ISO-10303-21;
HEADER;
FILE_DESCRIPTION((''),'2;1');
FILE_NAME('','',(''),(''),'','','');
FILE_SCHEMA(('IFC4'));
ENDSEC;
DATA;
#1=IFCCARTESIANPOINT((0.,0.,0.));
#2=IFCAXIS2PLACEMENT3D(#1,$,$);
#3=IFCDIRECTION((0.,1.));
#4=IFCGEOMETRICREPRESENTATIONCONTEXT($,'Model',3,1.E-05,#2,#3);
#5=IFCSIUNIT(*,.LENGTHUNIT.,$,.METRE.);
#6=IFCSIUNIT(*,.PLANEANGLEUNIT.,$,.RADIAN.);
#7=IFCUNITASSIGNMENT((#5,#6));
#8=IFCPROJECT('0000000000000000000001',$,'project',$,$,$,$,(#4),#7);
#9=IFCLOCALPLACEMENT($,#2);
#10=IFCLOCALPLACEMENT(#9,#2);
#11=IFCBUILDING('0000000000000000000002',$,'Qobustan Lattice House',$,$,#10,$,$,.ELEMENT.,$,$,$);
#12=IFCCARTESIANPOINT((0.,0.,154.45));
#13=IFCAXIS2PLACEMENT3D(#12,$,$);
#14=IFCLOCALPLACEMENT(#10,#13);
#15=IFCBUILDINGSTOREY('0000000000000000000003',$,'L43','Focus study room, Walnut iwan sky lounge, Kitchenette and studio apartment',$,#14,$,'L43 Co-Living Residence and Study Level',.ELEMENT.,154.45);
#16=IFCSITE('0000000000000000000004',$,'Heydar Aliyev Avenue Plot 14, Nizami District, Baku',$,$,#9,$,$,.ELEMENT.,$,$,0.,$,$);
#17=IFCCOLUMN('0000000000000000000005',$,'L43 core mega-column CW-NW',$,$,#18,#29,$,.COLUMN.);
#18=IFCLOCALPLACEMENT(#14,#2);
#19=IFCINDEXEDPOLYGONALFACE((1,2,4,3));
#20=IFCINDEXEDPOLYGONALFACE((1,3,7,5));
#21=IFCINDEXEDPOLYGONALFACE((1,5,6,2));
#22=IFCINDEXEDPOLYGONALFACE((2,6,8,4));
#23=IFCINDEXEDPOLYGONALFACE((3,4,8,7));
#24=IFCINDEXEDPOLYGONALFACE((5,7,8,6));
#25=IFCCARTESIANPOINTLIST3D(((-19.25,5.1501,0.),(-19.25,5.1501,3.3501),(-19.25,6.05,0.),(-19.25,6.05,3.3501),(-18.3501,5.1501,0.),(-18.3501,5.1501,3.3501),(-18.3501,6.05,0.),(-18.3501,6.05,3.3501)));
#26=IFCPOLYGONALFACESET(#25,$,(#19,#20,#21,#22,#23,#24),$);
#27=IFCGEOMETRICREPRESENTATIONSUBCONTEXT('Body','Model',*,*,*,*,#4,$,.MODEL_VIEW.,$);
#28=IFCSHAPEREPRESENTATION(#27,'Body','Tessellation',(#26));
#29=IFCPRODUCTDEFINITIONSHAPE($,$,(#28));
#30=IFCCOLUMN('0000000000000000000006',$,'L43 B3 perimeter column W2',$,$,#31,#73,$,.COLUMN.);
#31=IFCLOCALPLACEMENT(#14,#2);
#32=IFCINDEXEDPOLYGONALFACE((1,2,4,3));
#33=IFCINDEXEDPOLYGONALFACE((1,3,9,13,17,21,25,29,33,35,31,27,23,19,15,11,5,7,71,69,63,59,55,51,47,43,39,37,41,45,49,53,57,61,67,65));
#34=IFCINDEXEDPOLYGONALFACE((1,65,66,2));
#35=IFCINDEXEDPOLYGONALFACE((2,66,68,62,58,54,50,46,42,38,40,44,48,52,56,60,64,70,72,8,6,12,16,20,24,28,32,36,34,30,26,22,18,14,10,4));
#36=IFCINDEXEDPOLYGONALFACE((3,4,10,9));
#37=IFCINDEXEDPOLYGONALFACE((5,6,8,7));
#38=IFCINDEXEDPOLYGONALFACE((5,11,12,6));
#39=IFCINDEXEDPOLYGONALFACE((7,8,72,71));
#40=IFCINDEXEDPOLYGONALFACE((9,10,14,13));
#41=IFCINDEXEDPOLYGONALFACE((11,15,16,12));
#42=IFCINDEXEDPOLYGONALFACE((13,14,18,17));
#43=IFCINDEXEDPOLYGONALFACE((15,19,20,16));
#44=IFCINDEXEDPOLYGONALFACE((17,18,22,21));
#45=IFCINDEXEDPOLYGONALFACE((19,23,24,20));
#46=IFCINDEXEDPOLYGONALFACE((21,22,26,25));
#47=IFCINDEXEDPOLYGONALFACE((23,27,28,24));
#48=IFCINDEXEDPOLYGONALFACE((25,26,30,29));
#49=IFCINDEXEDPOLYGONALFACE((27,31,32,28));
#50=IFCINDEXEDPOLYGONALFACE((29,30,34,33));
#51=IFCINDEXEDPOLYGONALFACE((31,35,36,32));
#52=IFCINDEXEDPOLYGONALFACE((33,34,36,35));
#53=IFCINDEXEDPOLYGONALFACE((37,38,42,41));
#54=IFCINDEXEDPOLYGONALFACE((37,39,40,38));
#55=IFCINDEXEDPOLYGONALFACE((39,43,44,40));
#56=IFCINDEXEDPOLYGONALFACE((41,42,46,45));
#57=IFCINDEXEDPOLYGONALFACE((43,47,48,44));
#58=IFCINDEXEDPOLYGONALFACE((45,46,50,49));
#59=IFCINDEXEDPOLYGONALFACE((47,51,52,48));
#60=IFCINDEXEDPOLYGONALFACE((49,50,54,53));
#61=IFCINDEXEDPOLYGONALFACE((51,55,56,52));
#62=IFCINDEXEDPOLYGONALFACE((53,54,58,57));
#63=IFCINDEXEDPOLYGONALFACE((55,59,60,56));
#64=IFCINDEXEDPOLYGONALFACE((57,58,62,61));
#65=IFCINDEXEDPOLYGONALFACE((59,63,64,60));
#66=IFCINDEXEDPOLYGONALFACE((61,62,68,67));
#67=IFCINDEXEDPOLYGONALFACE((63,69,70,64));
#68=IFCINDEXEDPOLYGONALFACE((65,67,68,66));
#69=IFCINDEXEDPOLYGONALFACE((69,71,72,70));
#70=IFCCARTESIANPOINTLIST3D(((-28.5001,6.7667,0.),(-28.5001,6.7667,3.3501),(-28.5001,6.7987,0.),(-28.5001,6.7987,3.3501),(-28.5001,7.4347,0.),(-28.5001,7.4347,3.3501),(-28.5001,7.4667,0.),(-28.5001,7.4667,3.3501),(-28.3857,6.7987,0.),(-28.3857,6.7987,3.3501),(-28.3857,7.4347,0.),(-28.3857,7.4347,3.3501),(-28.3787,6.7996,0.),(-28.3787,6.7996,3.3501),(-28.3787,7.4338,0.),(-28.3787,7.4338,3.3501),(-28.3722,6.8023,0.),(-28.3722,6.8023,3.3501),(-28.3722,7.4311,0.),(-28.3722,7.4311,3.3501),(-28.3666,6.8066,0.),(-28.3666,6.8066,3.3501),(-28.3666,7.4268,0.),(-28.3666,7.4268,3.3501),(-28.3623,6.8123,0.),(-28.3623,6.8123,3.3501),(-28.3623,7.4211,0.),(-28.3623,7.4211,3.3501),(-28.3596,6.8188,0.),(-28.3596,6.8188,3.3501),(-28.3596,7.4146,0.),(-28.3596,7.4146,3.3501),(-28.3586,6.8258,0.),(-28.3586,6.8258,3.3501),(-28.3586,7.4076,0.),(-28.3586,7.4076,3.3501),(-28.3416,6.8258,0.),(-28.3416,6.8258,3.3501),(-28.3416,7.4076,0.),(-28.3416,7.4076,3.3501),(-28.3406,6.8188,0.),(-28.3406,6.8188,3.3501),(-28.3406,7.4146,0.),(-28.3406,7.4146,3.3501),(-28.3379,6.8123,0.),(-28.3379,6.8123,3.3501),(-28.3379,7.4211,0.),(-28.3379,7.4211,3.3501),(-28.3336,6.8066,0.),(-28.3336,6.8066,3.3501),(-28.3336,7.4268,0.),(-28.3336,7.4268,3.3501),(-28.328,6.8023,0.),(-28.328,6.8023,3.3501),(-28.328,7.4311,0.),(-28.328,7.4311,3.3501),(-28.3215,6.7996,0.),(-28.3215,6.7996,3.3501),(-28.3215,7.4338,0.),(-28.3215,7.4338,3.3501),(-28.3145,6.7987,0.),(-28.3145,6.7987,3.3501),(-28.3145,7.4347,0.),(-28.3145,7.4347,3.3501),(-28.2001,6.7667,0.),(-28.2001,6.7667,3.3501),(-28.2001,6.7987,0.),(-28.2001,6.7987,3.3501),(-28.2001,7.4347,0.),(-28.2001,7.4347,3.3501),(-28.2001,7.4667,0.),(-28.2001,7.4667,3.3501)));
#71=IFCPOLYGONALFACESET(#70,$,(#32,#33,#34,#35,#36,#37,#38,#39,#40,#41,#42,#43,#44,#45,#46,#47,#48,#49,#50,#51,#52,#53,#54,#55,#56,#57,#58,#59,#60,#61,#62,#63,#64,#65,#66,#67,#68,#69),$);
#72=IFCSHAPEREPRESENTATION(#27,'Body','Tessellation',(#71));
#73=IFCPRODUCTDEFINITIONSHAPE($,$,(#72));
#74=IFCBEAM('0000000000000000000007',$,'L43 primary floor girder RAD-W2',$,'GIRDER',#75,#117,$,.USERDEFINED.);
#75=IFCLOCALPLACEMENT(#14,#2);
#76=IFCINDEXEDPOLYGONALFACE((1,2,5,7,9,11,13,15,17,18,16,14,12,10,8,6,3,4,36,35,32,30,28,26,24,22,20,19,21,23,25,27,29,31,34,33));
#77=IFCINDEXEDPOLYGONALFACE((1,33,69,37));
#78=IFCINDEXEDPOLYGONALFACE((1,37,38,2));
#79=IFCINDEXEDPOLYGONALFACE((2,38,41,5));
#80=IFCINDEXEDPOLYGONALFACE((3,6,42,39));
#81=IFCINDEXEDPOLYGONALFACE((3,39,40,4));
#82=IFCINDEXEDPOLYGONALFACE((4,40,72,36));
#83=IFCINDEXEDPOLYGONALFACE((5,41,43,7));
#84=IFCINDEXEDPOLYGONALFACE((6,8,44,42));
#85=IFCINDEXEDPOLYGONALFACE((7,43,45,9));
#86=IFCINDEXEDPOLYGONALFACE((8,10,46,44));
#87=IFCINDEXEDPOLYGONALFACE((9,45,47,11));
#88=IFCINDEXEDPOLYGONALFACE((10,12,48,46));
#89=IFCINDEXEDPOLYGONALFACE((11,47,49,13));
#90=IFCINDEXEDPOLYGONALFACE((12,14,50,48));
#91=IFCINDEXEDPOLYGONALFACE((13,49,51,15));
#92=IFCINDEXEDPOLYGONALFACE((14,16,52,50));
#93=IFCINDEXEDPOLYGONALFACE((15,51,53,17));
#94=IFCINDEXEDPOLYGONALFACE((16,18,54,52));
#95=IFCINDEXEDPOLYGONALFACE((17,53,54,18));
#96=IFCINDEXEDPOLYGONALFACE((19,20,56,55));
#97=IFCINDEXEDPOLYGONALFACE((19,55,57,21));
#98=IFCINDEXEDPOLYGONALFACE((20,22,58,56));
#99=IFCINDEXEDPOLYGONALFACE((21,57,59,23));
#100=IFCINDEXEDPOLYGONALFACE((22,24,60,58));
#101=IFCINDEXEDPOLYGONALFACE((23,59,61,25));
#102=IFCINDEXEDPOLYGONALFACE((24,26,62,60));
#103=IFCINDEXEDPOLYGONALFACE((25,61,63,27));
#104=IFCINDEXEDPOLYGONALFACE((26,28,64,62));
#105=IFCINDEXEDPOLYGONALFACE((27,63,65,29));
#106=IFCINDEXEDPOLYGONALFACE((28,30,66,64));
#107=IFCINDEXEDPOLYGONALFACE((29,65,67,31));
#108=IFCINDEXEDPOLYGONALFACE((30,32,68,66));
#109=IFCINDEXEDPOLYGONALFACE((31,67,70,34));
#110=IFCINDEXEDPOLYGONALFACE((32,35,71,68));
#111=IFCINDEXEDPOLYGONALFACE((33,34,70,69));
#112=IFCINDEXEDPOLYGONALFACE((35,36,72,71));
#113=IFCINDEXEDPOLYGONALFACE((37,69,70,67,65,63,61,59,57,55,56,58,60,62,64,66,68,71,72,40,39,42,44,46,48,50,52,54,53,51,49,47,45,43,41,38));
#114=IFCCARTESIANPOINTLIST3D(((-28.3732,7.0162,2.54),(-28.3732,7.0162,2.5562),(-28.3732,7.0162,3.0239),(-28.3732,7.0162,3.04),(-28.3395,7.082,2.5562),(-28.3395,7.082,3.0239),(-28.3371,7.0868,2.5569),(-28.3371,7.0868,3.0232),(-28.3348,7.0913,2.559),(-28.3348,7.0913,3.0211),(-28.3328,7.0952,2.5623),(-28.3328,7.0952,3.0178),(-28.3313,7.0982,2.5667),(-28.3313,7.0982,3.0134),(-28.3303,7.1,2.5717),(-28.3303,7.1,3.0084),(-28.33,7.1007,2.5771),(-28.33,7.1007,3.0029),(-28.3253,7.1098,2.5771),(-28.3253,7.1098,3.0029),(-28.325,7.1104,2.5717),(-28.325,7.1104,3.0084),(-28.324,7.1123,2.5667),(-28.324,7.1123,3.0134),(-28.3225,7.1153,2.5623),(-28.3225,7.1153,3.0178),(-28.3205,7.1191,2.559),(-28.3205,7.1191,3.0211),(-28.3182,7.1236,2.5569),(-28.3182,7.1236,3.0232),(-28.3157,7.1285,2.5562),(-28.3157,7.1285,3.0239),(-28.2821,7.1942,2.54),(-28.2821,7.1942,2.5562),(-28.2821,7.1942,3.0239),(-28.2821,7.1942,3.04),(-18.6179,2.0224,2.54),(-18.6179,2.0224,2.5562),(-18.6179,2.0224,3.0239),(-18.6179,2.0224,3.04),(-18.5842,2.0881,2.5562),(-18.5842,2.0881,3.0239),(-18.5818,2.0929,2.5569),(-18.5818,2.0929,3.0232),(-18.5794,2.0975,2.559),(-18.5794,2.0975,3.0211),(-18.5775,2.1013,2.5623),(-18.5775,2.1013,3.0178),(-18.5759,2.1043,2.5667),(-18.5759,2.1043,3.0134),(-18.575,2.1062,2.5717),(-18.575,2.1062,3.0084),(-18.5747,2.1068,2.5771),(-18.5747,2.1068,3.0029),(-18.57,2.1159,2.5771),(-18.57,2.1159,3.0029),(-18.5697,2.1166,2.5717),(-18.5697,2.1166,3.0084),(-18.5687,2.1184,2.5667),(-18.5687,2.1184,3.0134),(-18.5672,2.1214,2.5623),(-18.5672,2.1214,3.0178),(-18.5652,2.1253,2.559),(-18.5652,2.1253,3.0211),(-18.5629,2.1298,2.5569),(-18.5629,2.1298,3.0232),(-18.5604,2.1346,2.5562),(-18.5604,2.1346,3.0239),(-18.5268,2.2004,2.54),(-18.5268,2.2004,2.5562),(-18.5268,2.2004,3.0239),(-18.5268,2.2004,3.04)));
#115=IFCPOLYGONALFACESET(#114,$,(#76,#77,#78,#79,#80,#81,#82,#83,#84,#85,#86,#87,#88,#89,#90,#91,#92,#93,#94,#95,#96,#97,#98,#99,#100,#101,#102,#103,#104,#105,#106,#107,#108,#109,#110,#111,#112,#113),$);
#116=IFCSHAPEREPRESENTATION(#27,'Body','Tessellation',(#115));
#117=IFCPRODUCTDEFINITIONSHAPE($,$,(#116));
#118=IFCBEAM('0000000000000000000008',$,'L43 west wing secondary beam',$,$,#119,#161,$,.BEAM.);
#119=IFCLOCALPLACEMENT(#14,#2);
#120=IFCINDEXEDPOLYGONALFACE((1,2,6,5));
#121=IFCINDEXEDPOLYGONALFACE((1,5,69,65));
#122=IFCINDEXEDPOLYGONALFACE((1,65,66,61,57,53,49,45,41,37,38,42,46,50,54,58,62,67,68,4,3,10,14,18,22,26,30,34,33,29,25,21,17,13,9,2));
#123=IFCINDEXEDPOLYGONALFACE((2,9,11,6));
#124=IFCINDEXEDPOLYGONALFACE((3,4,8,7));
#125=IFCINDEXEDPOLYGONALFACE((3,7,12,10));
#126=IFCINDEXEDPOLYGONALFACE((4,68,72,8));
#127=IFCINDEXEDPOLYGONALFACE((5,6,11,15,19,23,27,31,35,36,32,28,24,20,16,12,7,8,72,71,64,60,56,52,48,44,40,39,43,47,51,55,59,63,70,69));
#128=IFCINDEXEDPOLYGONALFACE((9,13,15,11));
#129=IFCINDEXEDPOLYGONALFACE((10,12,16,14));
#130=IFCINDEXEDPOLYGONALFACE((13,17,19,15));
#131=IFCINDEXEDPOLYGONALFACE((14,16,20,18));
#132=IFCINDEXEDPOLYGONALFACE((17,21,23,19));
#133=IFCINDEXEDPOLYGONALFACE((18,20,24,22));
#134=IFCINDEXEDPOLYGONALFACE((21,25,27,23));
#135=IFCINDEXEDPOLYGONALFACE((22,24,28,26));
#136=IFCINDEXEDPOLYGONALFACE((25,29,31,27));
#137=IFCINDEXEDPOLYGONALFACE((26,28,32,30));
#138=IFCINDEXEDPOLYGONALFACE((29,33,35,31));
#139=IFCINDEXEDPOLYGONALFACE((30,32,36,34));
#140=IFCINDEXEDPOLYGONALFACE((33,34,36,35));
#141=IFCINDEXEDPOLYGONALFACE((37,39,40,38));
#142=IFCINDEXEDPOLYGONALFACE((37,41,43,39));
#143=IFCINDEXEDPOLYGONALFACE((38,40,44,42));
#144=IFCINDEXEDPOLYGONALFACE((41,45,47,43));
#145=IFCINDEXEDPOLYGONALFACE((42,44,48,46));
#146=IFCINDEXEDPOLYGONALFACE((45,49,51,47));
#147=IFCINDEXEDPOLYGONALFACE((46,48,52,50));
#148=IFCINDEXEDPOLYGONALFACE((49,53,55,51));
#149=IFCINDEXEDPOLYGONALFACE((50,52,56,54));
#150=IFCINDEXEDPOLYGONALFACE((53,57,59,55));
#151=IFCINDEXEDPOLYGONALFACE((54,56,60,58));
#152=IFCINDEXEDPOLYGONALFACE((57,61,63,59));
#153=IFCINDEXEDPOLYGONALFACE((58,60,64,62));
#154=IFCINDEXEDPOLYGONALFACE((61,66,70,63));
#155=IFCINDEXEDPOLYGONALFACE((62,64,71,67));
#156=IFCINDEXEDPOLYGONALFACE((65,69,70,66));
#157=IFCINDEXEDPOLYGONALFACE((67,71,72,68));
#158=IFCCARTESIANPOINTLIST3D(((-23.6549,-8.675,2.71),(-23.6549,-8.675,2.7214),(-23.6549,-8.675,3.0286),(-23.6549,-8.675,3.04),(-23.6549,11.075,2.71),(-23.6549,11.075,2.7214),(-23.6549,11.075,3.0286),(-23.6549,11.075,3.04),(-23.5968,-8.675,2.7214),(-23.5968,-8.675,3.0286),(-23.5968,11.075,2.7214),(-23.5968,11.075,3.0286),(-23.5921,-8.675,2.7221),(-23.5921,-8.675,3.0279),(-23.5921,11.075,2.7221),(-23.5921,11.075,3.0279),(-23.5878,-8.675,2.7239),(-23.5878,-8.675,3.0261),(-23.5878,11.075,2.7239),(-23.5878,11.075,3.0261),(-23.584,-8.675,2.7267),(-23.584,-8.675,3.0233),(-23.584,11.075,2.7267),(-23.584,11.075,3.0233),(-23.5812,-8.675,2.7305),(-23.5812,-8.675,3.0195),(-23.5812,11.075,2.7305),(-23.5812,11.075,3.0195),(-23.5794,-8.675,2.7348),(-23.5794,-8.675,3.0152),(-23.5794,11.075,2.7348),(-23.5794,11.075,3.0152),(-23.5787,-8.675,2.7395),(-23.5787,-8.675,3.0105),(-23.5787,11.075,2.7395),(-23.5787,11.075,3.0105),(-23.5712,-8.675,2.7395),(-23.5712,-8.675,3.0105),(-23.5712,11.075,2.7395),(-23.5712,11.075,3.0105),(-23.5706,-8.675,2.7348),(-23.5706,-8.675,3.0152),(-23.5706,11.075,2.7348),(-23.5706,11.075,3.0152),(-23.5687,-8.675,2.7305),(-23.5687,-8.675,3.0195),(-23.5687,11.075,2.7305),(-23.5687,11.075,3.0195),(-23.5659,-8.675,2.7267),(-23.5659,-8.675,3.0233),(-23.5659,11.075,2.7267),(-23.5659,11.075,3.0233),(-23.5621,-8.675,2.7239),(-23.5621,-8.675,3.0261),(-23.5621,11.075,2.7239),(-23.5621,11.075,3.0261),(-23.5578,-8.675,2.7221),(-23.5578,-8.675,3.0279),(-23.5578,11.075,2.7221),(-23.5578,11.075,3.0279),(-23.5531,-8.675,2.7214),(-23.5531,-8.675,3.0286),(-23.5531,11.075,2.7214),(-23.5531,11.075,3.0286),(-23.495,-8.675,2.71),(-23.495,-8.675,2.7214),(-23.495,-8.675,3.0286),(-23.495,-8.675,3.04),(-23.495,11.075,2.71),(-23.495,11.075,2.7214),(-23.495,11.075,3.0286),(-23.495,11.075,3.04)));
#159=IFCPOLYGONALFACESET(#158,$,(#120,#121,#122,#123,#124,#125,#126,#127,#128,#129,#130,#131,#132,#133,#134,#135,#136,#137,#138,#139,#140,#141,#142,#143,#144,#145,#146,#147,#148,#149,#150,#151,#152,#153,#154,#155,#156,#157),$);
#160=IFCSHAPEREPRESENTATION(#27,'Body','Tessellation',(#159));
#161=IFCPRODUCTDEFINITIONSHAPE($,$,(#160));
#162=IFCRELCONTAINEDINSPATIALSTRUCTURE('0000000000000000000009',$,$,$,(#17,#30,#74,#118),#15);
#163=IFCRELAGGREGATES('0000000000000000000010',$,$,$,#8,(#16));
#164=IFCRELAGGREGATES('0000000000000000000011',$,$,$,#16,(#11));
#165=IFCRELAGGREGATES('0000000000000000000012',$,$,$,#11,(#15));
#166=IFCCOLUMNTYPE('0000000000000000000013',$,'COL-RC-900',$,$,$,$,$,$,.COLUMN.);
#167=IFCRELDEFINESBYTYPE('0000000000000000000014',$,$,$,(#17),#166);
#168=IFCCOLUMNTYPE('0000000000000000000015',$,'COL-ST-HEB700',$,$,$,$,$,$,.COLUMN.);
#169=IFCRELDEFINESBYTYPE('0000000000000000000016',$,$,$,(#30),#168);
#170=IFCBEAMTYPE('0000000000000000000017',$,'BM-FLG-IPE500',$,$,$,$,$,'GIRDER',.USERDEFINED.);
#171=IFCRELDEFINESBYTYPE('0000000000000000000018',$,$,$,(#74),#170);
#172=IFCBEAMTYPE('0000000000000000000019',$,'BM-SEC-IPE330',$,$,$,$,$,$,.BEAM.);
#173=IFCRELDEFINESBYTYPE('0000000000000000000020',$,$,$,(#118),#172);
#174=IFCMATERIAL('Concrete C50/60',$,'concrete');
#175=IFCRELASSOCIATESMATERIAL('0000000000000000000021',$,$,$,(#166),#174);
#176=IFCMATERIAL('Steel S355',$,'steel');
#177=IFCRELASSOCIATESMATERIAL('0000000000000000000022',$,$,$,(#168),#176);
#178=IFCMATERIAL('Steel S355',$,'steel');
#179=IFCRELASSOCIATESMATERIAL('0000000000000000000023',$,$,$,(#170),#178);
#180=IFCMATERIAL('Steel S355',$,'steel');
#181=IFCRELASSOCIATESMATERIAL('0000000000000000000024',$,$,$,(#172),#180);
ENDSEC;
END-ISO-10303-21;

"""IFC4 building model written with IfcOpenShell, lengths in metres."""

from ifc_helpers import new_model, si_unit, direction, frame, origin, origin_2d, place, context, subcontext, project, spatial, rectangle, i_section, extrude, material, material_profile, profile_set, type_object, element, save


model = new_model("IFC4")

# Units and contexts
model_context = context("Model", 3, precision=1e-05, world=origin(), true_north=direction((0.0, 1.0)))
body_context = subcontext(model_context, "Body", "Model", "MODEL_VIEW")
ifc_project = project(units=[si_unit("LENGTHUNIT", "METRE"), si_unit("PLANEANGLEUNIT", "RADIAN")], contexts=[model_context])

# Site, building, storey
site_placement = place(None, origin())
site = spatial("IfcSite", under=ifc_project, at=site_placement, Name="Heydar Aliyev Avenue Plot 14, Nizami District, Baku", CompositionType="ELEMENT", RefElevation=0.0)
building_placement = place(site_placement, origin())
building = spatial("IfcBuilding", under=site, at=building_placement, Name="Qobustan Lattice House", CompositionType="ELEMENT")
storey_placement = place(building_placement, frame((0.0, 0.0, 154.45)))
storey = spatial("IfcBuildingStorey", under=building, at=storey_placement, Name="L43", Description="Focus study room, Walnut iwan sky lounge, Kitchenette and studio apartment", LongName="L43 Co-Living Residence and Study Level", CompositionType="ELEMENT", Elevation=154.45)

# Columns
ifc_material_1 = material(Name="Concrete C50/60", Category="concrete")
ifc_material_profile_1 = material_profile(ifc_material_1, rectangle(XDim=0.8999, YDim=0.8999, at=origin_2d()), Name="RC900x900")
ifc_profile_set_1 = profile_set([ifc_material_profile_1], Name="Concrete C50/60")
column_type_1 = type_object("IfcColumnType", Name="COL-RC-900", PredefinedType="COLUMN", material=ifc_profile_set_1)
column_1_placement = place(storey_placement, frame((-18.8, 5.6001, 0.0), z_axis=(0.0, 0.0, 1.0), x_axis=(1.0, 0.0, 0.0)))
element("IfcColumn", 1, at=column_1_placement, inside=storey, type_object=column_type_1, Name="L43 core mega-column CW-NW", PredefinedType="COLUMN", context=body_context, shape_type="SweptSolid", body=[
    extrude(rectangle(XDim=0.8999, YDim=0.8999, at=origin_2d()), origin(), (0.0, 0.0, 1.0), 3.3501),
])
ifc_material_2 = material(Name="Steel S355", Category="steel")
ifc_material_profile_2 = material_profile(ifc_material_2, i_section(OverallWidth=0.3, OverallDepth=0.7, WebThickness=0.0171, FlangeThickness=0.032, FilletRadius=0.0271, at=origin_2d()), Name="HEB700")
ifc_profile_set_2 = profile_set([ifc_material_profile_2], Name="Steel S355")
column_type_2 = type_object("IfcColumnType", Name="COL-ST-HEB700", PredefinedType="COLUMN", material=ifc_profile_set_2)
column_2_placement = place(storey_placement, frame((-28.3501, 7.1167, 0.0), z_axis=(0.0, 0.0, 1.0), x_axis=(1.0, 0.0, 0.0)))
element("IfcColumn", 2, at=column_2_placement, inside=storey, type_object=column_type_2, Name="L43 B3 perimeter column W2", PredefinedType="COLUMN", context=body_context, shape_type="SweptSolid", body=[
    extrude(i_section(OverallWidth=0.3, OverallDepth=0.7, WebThickness=0.0171, FlangeThickness=0.032, FilletRadius=0.0271, at=origin_2d()), origin(), (0.0, 0.0, 1.0), 3.3501),
])

# Beams
ifc_material_3 = material(Name="Steel S355", Category="steel")
ifc_material_profile_3 = material_profile(ifc_material_3, i_section(OverallWidth=0.2, OverallDepth=0.5, WebThickness=0.0103, FlangeThickness=0.0161, FilletRadius=0.021, at=origin_2d()), Name="IPE500")
ifc_profile_set_3 = profile_set([ifc_material_profile_3], Name="Steel S355")
beam_type_1 = type_object("IfcBeamType", Name="BM-FLG-IPE500", ElementType="GIRDER", PredefinedType="USERDEFINED", material=ifc_profile_set_3)
beam_1_placement = place(storey_placement, frame((-28.3276, 7.1052, 2.79), z_axis=(0.890145, -0.455677, 0.0), x_axis=(0.455677, 0.890145, 0.0)))
element("IfcBeam", 3, at=beam_1_placement, inside=storey, type_object=beam_type_1, Name="L43 primary floor girder RAD-W2", ObjectType="GIRDER", PredefinedType="USERDEFINED", context=body_context, shape_type="SweptSolid", body=[
    extrude(i_section(OverallWidth=0.2, OverallDepth=0.5, WebThickness=0.0103, FlangeThickness=0.0161, FilletRadius=0.021, at=origin_2d()), origin(), (0.0, 0.0, 1.0), 10.9592),
])
ifc_material_4 = material(Name="Steel S355", Category="steel")
ifc_material_profile_4 = material_profile(ifc_material_4, i_section(OverallWidth=0.1599, OverallDepth=0.3301, WebThickness=0.0076, FlangeThickness=0.0115, FilletRadius=0.0181, at=origin_2d()), Name="IPE330")
ifc_profile_set_4 = profile_set([ifc_material_profile_4], Name="Steel S355")
beam_type_2 = type_object("IfcBeamType", Name="BM-SEC-IPE330", PredefinedType="BEAM", material=ifc_profile_set_4)
beam_2_placement = place(storey_placement, frame((-23.575, 11.075, 2.875), z_axis=(0.0, -1.0, 0.0), x_axis=(1.0, 0.0, 0.0)))
element("IfcBeam", 4, at=beam_2_placement, inside=storey, type_object=beam_type_2, Name="L43 west wing secondary beam", PredefinedType="BEAM", context=body_context, shape_type="SweptSolid", body=[
    extrude(i_section(OverallWidth=0.1599, OverallDepth=0.3301, WebThickness=0.0076, FlangeThickness=0.0115, FilletRadius=0.0181, at=origin_2d()), origin(), (0.0, 0.0, 1.0), 19.75),
])

save(model, "model.ifc")
